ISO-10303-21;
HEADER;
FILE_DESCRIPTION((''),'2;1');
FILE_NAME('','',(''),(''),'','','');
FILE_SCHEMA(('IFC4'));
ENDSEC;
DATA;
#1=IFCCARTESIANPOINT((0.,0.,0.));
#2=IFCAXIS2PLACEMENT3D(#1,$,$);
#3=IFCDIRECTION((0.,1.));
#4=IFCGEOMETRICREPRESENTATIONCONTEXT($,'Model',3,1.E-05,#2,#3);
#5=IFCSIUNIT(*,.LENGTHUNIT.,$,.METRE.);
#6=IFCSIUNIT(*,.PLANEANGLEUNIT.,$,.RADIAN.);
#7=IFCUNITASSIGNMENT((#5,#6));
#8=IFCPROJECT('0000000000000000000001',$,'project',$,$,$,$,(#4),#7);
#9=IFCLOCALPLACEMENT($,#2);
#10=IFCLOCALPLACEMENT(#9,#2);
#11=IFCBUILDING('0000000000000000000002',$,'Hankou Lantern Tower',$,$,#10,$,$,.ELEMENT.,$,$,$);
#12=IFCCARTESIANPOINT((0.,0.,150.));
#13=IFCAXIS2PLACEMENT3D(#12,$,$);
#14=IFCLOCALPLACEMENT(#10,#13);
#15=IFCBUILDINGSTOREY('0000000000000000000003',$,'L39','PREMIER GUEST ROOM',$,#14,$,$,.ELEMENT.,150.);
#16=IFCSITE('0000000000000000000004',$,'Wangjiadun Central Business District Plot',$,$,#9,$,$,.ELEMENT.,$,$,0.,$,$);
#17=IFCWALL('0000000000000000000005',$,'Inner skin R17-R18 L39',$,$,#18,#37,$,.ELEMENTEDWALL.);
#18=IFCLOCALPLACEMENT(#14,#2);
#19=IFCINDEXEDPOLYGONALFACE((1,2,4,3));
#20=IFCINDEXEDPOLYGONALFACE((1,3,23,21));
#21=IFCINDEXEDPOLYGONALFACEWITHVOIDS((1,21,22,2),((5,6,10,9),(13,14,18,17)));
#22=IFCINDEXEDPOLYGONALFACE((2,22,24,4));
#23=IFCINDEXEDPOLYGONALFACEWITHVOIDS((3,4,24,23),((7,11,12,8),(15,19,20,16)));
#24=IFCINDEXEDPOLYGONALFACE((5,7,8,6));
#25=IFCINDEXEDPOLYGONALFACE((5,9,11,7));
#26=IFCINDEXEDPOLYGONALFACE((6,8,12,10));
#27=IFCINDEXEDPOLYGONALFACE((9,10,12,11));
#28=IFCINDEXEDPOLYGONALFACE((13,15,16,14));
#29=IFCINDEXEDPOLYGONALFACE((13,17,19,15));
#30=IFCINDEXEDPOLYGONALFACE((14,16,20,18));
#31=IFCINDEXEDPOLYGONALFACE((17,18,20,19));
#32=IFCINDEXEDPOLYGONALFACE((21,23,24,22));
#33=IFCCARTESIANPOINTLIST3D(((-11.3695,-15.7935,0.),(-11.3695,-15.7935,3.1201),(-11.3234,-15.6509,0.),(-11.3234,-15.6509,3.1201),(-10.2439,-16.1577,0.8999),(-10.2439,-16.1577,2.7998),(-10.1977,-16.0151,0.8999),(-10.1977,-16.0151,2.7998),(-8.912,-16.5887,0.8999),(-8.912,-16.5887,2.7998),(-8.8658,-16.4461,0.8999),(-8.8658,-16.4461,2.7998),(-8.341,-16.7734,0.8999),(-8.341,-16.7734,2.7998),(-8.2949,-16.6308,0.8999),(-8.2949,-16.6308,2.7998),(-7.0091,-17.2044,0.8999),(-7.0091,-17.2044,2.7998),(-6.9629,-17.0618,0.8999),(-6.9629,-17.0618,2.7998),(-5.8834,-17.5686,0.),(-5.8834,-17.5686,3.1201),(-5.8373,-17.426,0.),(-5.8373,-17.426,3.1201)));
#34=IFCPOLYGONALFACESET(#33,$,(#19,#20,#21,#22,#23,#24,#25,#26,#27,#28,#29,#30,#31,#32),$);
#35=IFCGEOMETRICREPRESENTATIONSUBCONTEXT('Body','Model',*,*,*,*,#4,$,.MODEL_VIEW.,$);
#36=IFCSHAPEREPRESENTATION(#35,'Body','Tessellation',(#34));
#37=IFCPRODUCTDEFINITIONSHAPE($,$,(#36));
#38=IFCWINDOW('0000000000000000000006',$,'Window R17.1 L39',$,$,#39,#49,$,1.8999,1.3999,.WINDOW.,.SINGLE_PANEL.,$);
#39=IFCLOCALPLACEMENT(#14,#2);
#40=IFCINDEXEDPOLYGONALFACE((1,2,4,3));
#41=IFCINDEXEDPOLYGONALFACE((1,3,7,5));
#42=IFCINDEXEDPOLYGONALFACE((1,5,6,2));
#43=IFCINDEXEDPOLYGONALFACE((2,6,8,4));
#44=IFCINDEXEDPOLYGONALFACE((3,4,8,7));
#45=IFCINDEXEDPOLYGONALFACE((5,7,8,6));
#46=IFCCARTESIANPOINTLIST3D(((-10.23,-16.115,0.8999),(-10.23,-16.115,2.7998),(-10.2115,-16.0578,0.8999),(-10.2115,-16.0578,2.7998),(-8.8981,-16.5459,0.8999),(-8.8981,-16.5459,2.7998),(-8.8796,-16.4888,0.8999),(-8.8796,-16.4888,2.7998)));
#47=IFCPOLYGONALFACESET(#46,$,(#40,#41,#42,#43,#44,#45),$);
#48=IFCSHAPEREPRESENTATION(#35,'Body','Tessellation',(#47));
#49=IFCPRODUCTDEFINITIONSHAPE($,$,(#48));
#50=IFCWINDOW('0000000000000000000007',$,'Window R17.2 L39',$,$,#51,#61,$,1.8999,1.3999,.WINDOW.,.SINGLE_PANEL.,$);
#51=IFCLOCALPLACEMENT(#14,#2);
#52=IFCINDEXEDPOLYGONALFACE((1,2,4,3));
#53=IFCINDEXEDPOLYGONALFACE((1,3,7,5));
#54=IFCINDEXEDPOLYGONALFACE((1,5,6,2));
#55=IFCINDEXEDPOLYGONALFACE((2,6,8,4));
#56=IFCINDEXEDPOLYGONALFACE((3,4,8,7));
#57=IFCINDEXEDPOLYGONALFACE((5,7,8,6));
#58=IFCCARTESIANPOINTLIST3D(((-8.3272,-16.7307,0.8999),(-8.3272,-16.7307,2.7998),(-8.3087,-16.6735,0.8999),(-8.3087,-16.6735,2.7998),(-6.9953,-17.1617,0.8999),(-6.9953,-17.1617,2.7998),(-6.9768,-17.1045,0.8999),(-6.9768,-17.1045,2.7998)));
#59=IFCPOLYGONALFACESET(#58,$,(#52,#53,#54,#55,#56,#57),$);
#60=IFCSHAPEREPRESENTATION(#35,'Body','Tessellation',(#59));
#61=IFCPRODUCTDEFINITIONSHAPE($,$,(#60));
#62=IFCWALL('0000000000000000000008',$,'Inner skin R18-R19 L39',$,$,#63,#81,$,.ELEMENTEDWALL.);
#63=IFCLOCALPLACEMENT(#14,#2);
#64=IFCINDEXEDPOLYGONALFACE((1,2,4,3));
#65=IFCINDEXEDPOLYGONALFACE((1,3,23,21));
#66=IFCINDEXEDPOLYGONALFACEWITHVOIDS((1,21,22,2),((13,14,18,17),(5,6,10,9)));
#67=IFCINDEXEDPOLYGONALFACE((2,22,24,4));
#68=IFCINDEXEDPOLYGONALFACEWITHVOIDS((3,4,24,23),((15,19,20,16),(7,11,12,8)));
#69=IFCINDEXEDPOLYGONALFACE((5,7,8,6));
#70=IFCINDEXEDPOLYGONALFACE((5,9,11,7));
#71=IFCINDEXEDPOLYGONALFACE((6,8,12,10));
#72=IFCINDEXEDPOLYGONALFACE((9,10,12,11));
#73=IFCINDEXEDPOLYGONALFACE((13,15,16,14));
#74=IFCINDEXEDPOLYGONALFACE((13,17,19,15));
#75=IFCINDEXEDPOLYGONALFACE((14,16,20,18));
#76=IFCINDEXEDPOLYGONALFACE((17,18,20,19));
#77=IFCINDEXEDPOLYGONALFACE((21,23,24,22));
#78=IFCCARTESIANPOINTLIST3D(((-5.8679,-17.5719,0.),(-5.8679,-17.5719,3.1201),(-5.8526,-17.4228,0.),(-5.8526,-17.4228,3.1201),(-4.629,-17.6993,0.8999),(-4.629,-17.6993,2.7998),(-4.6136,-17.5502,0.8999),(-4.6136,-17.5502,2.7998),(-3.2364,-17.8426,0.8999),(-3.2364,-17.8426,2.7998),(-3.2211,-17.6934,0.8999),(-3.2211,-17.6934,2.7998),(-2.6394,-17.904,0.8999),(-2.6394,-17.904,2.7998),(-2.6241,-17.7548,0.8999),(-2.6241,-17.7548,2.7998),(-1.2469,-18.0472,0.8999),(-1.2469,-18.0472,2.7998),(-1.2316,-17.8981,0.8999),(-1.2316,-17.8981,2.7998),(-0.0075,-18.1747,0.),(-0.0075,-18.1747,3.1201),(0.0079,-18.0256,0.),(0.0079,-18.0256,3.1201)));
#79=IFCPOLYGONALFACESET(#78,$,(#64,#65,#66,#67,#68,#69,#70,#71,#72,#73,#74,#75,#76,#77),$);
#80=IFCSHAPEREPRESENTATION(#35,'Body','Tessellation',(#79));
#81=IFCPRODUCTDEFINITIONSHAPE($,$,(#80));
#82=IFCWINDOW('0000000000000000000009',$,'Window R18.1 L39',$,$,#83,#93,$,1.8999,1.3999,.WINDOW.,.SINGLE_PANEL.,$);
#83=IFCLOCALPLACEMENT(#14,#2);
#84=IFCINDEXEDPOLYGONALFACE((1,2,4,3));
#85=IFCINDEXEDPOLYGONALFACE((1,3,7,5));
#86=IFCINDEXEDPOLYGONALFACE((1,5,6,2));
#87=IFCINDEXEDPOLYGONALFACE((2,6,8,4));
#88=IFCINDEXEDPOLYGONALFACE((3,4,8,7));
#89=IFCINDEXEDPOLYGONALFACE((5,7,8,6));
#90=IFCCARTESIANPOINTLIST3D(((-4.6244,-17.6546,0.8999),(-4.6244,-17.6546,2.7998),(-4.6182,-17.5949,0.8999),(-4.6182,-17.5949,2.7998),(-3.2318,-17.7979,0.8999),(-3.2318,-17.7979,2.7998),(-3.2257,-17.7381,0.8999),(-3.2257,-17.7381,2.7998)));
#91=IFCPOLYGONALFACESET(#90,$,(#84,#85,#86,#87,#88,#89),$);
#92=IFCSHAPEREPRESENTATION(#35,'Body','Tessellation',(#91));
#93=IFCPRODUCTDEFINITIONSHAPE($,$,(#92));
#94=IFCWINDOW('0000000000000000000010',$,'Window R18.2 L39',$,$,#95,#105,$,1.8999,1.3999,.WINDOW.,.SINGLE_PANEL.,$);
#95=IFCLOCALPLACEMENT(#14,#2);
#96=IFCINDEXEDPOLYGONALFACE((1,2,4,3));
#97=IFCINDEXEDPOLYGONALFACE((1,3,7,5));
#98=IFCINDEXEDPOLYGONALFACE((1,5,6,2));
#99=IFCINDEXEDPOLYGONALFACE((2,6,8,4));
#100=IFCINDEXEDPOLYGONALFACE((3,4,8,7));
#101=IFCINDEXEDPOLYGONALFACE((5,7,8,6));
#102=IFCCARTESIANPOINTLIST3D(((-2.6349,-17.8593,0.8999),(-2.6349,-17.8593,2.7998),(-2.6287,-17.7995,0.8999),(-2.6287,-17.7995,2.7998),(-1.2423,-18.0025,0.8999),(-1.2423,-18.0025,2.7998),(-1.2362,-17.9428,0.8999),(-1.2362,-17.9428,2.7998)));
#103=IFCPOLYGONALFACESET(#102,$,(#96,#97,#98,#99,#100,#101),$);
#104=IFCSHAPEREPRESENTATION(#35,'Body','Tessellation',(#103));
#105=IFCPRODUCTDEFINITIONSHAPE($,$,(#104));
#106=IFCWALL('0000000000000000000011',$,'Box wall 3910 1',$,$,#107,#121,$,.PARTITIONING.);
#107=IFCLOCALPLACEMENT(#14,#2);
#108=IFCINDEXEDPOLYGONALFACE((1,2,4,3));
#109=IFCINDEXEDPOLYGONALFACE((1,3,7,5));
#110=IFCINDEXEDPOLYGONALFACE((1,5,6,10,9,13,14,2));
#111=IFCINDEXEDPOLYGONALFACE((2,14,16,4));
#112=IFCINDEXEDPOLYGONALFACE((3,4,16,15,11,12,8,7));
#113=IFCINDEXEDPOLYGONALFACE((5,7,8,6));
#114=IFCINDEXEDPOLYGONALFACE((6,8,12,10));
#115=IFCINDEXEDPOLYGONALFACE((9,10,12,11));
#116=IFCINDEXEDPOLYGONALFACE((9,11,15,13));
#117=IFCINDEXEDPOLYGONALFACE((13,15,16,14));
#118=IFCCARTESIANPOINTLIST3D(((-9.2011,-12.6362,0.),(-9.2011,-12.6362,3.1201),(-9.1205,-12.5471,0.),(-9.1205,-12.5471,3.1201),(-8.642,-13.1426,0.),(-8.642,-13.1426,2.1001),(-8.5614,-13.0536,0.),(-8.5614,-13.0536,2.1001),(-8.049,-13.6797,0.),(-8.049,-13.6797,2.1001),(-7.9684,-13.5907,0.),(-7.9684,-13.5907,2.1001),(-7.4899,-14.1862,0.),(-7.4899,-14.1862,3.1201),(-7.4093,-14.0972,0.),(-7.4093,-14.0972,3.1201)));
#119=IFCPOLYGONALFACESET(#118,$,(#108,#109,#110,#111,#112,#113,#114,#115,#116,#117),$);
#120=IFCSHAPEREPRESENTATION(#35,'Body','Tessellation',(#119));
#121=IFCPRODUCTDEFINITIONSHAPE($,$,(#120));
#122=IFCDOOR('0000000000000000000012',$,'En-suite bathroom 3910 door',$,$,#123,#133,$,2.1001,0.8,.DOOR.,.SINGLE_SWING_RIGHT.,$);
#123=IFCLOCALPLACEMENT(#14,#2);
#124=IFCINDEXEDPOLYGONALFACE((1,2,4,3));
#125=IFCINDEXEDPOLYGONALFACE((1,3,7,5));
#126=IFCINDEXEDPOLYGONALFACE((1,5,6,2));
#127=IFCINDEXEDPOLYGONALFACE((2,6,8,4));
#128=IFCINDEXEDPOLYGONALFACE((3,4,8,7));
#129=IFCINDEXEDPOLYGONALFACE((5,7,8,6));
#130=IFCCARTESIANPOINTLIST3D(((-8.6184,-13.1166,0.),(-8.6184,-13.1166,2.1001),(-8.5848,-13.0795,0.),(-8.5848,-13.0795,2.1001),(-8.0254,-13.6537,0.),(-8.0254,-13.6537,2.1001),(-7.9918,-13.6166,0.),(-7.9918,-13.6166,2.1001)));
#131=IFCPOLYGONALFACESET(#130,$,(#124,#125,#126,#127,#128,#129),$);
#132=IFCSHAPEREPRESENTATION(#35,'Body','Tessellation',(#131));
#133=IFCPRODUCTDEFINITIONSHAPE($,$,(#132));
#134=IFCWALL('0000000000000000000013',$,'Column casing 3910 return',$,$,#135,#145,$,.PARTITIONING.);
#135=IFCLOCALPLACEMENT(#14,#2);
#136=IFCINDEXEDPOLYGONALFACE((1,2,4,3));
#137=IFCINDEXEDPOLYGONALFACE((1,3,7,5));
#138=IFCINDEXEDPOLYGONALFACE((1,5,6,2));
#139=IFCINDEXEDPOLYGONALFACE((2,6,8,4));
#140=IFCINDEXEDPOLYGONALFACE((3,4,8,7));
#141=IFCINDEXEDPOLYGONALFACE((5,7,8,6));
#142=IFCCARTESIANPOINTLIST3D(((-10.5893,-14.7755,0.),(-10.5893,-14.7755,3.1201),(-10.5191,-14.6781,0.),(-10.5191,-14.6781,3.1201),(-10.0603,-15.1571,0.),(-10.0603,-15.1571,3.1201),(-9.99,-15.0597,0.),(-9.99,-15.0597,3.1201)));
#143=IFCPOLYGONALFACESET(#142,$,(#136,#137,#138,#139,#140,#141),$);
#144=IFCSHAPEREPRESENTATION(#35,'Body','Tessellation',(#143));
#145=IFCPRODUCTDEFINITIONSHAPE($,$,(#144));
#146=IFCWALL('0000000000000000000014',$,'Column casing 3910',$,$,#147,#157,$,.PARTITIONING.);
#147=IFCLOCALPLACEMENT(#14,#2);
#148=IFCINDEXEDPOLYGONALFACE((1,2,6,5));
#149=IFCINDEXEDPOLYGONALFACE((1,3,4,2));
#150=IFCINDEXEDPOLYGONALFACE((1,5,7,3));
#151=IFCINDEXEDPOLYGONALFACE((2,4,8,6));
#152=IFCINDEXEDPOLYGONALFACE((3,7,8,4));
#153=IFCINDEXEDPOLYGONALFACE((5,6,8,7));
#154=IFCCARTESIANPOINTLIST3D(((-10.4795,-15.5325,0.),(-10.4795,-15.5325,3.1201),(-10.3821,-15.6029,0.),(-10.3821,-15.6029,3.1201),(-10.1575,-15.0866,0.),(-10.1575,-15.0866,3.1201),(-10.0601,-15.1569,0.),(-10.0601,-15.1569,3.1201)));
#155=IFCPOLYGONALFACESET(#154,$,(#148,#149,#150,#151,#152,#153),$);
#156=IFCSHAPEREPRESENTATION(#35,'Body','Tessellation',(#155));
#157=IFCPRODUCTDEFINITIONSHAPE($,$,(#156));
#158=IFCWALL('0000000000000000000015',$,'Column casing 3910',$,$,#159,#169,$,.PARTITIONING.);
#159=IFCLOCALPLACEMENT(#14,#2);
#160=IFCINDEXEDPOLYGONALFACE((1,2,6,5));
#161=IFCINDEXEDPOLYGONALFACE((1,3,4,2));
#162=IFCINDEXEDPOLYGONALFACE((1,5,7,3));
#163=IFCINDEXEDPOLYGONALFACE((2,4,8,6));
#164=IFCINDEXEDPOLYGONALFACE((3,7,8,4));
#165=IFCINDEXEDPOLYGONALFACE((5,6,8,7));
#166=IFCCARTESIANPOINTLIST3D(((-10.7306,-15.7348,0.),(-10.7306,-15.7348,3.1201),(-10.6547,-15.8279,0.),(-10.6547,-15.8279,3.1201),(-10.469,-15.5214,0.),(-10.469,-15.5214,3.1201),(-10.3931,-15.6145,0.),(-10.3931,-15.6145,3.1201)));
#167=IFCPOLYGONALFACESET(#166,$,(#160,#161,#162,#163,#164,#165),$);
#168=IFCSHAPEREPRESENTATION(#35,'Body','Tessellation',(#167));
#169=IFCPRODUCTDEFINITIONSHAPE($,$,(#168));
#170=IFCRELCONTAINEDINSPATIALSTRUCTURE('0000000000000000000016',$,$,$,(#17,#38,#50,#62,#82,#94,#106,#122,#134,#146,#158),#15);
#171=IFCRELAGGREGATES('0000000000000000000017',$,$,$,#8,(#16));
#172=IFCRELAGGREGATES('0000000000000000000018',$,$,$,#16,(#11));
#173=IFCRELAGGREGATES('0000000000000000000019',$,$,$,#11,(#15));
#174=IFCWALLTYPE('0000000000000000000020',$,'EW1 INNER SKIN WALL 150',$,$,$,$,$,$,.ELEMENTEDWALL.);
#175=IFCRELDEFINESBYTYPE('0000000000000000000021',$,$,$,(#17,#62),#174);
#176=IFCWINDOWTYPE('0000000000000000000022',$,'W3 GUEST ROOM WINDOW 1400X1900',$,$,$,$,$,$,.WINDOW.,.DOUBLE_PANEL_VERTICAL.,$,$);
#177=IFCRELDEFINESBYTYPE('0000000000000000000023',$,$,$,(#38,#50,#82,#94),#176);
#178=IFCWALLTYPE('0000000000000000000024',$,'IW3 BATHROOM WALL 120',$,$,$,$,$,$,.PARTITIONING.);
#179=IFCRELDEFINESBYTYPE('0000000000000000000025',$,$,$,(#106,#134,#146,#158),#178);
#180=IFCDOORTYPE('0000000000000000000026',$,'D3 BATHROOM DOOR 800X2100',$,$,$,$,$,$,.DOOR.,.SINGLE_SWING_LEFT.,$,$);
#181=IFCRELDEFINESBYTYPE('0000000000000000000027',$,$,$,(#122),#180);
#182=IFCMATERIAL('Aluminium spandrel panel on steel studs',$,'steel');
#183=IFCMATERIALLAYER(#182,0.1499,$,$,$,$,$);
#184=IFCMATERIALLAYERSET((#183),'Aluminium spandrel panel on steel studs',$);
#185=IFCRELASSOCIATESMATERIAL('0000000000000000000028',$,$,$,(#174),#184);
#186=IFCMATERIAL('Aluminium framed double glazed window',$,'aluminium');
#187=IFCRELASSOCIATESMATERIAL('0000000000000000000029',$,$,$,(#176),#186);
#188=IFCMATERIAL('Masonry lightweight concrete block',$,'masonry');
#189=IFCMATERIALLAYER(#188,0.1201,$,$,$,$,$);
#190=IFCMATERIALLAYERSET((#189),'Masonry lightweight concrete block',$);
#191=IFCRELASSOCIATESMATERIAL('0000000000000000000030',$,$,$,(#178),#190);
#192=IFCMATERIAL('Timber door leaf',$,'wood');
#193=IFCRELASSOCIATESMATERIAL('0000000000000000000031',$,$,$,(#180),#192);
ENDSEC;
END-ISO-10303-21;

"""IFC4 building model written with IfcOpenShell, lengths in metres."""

from ifc_helpers import new_model, si_unit, direction, frame, frame_2d, origin, place, context, subcontext, project, spatial, rectangle, extrude, material, layer, layer_set, type_object, element, fill, save


model = new_model("IFC4")

# Units and contexts
model_context = context("Model", 3, precision=1e-05, world=origin(), true_north=direction((0.0, 1.0)))
body_context = subcontext(model_context, "Body", "Model", "MODEL_VIEW")
ifc_project = project(units=[si_unit("LENGTHUNIT", "METRE"), si_unit("PLANEANGLEUNIT", "RADIAN")], contexts=[model_context])

# Site, building, storey
site_placement = place(None, origin())
site = spatial("IfcSite", under=ifc_project, at=site_placement, Name="Wangjiadun Central Business District Plot", CompositionType="ELEMENT", RefElevation=0.0)
building_placement = place(site_placement, origin())
building = spatial("IfcBuilding", under=site, at=building_placement, Name="Hankou Lantern Tower", CompositionType="ELEMENT")
storey_placement = place(building_placement, frame((0.0, 0.0, 150.0)))
storey = spatial("IfcBuildingStorey", under=building, at=storey_placement, Name="L39", Description="PREMIER GUEST ROOM", CompositionType="ELEMENT", Elevation=150.0)

# Walls, openings, windows
ifc_material_1 = material(Name="Aluminium spandrel panel on steel studs", Category="steel")
ifc_layer_1 = layer(ifc_material_1, 0.1499)
ifc_layer_set_1 = layer_set([ifc_layer_1], Name="Aluminium spandrel panel on steel studs")
wall_type_1 = type_object("IfcWallType", Name="EW1 INNER SKIN WALL 150", PredefinedType="ELEMENTEDWALL", material=ifc_layer_set_1)
wall_1_placement = place(storey_placement, frame((-11.3464, -15.7222, 0.0), z_axis=(0.0, 0.0, 1.0), x_axis=(0.951432, -0.307857, 0.0)))
wall_1 = element("IfcWall", 1, at=wall_1_placement, inside=storey, type_object=wall_type_1, Name="Inner skin R17-R18 L39", PredefinedType="ELEMENTEDWALL", context=body_context, shape_type="SweptSolid", body=[
    extrude(rectangle(XDim=5.7661, YDim=0.1499, at=frame_2d((2.8831, 0.0))), origin(), (0.0, 0.0, 1.0), 3.1201),
])
opening_1_placement = place(wall_1_placement, frame((1.1831, 0.0, 0.8999)))
opening_1 = element("IfcOpeningElement", 2, at=opening_1_placement, cuts=wall_1, PredefinedType="OPENING", context=body_context, shape_type="SweptSolid", body=[
    extrude(rectangle(XDim=1.3999, YDim=1.8999, at=frame_2d((0.7, 0.95))), frame((0.0, 0.085, 0.0), z_axis=(0.0, -1.0, 0.0), x_axis=(1.0, 0.0, 0.0)), (0.0, 0.0, 1.0), 0.1699),
])
opening_2_placement = place(wall_1_placement, frame((3.1831, 0.0, 0.8999)))
opening_2 = element("IfcOpeningElement", 3, at=opening_2_placement, cuts=wall_1, PredefinedType="OPENING", context=body_context, shape_type="SweptSolid", body=[
    extrude(rectangle(XDim=1.3999, YDim=1.8999, at=frame_2d((0.7, 0.95))), frame((0.0, 0.085, 0.0), z_axis=(0.0, -1.0, 0.0), x_axis=(1.0, 0.0, 0.0)), (0.0, 0.0, 1.0), 0.1699),
])
ifc_material_2 = material(Name="Aluminium framed double glazed window", Category="aluminium")
window_type = type_object("IfcWindowType", Name="W3 GUEST ROOM WINDOW 1400X1900", PartitioningType="DOUBLE_PANEL_VERTICAL", PredefinedType="WINDOW", material=ifc_material_2)
window_1_placement = place(opening_1_placement, origin())
window_1 = element("IfcWindow", 4, at=window_1_placement, inside=storey, type_object=window_type, Name="Window R17.1 L39", OverallHeight=1.8999, OverallWidth=1.3999, PartitioningType="SINGLE_PANEL", PredefinedType="WINDOW", context=body_context, shape_type="SweptSolid", body=[
    extrude(rectangle(XDim=1.3999, YDim=1.8999, at=frame_2d((0.7, 0.95))), frame((0.0, 0.03, 0.0), z_axis=(0.0, -1.0, 0.0), x_axis=(1.0, 0.0, 0.0)), (0.0, 0.0, 1.0), 0.0601),
])
fill(opening_1, window_1)
window_2_placement = place(opening_2_placement, origin())
window_2 = element("IfcWindow", 5, at=window_2_placement, inside=storey, type_object=window_type, Name="Window R17.2 L39", OverallHeight=1.8999, OverallWidth=1.3999, PartitioningType="SINGLE_PANEL", PredefinedType="WINDOW", context=body_context, shape_type="SweptSolid", body=[
    extrude(rectangle(XDim=1.3999, YDim=1.8999, at=frame_2d((0.7, 0.95))), frame((0.0, 0.03, 0.0), z_axis=(0.0, -1.0, 0.0), x_axis=(1.0, 0.0, 0.0)), (0.0, 0.0, 1.0), 0.0601),
])
fill(opening_2, window_2)
wall_2_placement = place(storey_placement, frame((-5.8604, -17.4973, 0.0), z_axis=(0.0, 0.0, 1.0), x_axis=(0.994752, -0.102318, 0.0)))
wall_2 = element("IfcWall", 6, at=wall_2_placement, inside=storey, type_object=wall_type_1, Name="Inner skin R18-R19 L39", PredefinedType="ELEMENTEDWALL", context=body_context, shape_type="SweptSolid", body=[
    extrude(rectangle(XDim=5.8914, YDim=0.1499, at=frame_2d((2.9458, 0.0))), origin(), (0.0, 0.0, 1.0), 3.1201),
])
opening_3_placement = place(wall_2_placement, frame((1.2456, 0.0, 0.8999)))
opening_3 = element("IfcOpeningElement", 7, at=opening_3_placement, cuts=wall_2, PredefinedType="OPENING", context=body_context, shape_type="SweptSolid", body=[
    extrude(rectangle(XDim=1.3999, YDim=1.8999, at=frame_2d((0.7, 0.95))), frame((0.0, 0.085, 0.0), z_axis=(0.0, -1.0, 0.0), x_axis=(1.0, 0.0, 0.0)), (0.0, 0.0, 1.0), 0.1699),
])
opening_4_placement = place(wall_2_placement, frame((3.2456, 0.0, 0.8999)))
opening_4 = element("IfcOpeningElement", 8, at=opening_4_placement, cuts=wall_2, PredefinedType="OPENING", context=body_context, shape_type="SweptSolid", body=[
    extrude(rectangle(XDim=1.3999, YDim=1.8999, at=frame_2d((0.7, 0.95))), frame((0.0, 0.085, 0.0), z_axis=(0.0, -1.0, 0.0), x_axis=(1.0, 0.0, 0.0)), (0.0, 0.0, 1.0), 0.1699),
])
window_3_placement = place(opening_3_placement, origin())
window_3 = element("IfcWindow", 9, at=window_3_placement, inside=storey, type_object=window_type, Name="Window R18.1 L39", OverallHeight=1.8999, OverallWidth=1.3999, PartitioningType="SINGLE_PANEL", PredefinedType="WINDOW", context=body_context, shape_type="SweptSolid", body=[
    extrude(rectangle(XDim=1.3999, YDim=1.8999, at=frame_2d((0.7, 0.95))), frame((0.0, 0.03, 0.0), z_axis=(0.0, -1.0, 0.0), x_axis=(1.0, 0.0, 0.0)), (0.0, 0.0, 1.0), 0.0601),
])
fill(opening_3, window_3)
window_4_placement = place(opening_4_placement, origin())
window_4 = element("IfcWindow", 10, at=window_4_placement, inside=storey, type_object=window_type, Name="Window R18.2 L39", OverallHeight=1.8999, OverallWidth=1.3999, PartitioningType="SINGLE_PANEL", PredefinedType="WINDOW", context=body_context, shape_type="SweptSolid", body=[
    extrude(rectangle(XDim=1.3999, YDim=1.8999, at=frame_2d((0.7, 0.95))), frame((0.0, 0.03, 0.0), z_axis=(0.0, -1.0, 0.0), x_axis=(1.0, 0.0, 0.0)), (0.0, 0.0, 1.0), 0.0601),
])
fill(opening_4, window_4)

# Wall, opening, door
ifc_material_3 = material(Name="Masonry lightweight concrete block", Category="masonry")
ifc_layer_2 = layer(ifc_material_3, 0.1201)
ifc_layer_set_2 = layer_set([ifc_layer_2], Name="Masonry lightweight concrete block")
wall_type_2 = type_object("IfcWallType", Name="IW3 BATHROOM WALL 120", PredefinedType="PARTITIONING", material=ifc_layer_set_2)
wall_3_placement = place(storey_placement, frame((-7.4497, -14.1416, 0.0), z_axis=(0.0, 0.0, 1.0), x_axis=(-0.74114, 0.671351, 0.0)))
wall_3 = element("IfcWall", 11, at=wall_3_placement, inside=storey, type_object=wall_type_2, Name="Box wall 3910 1", PredefinedType="PARTITIONING", context=body_context, shape_type="SweptSolid", body=[
    extrude(rectangle(XDim=2.3088, YDim=0.1201, at=frame_2d((1.1543, 0.0))), origin(), (0.0, 0.0, 1.0), 3.1201),
])
opening_5_placement = place(wall_3_placement, frame((0.7544, 0.0, 0.0)))
opening_5 = element("IfcOpeningElement", 12, at=opening_5_placement, cuts=wall_3, PredefinedType="OPENING", context=body_context, shape_type="SweptSolid", body=[
    extrude(rectangle(XDim=0.8, YDim=2.1001, at=frame_2d((0.3999, 1.05))), frame((0.0, 0.0701, 0.0), z_axis=(0.0, -1.0, 0.0), x_axis=(1.0, 0.0, 0.0)), (0.0, 0.0, 1.0), 0.1401),
])
ifc_material_4 = material(Name="Timber door leaf", Category="wood")
door_type = type_object("IfcDoorType", Name="D3 BATHROOM DOOR 800X2100", OperationType="SINGLE_SWING_LEFT", PredefinedType="DOOR", material=ifc_material_4)
door_1_placement = place(opening_5_placement, origin())
door_1 = element("IfcDoor", 13, at=door_1_placement, inside=storey, type_object=door_type, Name="En-suite bathroom 3910 door", OperationType="SINGLE_SWING_RIGHT", OverallHeight=2.1001, OverallWidth=0.8, PredefinedType="DOOR", context=body_context, shape_type="SweptSolid", body=[
    extrude(rectangle(XDim=0.8, YDim=2.1001, at=frame_2d((0.3999, 1.05))), frame((0.0, 0.0249, 0.0), z_axis=(0.0, -1.0, 0.0), x_axis=(1.0, 0.0, 0.0)), (0.0, 0.0, 1.0), 0.05),
])
fill(opening_5, door_1)

# Walls
wall_4_placement = place(storey_placement, frame((-10.5542, -14.7268, 0.0), z_axis=(0.0, 0.0, 1.0), x_axis=(0.811044, -0.584985, 0.0)))
element("IfcWall", 14, at=wall_4_placement, inside=storey, type_object=wall_type_2, Name="Column casing 3910 return", PredefinedType="PARTITIONING", context=body_context, shape_type="SweptSolid", body=[
    extrude(rectangle(XDim=0.6523, YDim=0.1201, at=frame_2d((0.3262, 0.0))), origin(), (0.0, 0.0, 1.0), 3.1201),
])
wall_5_placement = place(storey_placement, frame((-10.1089, -15.1218, 0.0), z_axis=(0.0, 0.0, 1.0), x_axis=(-0.585345, -0.810785, 0.0)))
element("IfcWall", 15, at=wall_5_placement, inside=storey, type_object=wall_type_2, Name="Column casing 3910", PredefinedType="PARTITIONING", context=body_context, shape_type="SweptSolid", body=[
    extrude(rectangle(XDim=0.55, YDim=0.1201, at=frame_2d((0.2749, 0.0))), origin(), (0.0, 0.0, 1.0), 3.1201),
])
wall_6_placement = place(storey_placement, frame((-10.4309, -15.5679, 0.0), z_axis=(0.0, 0.0, 1.0), x_axis=(-0.775051, -0.631898, 0.0)))
element("IfcWall", 16, at=wall_6_placement, inside=storey, type_object=wall_type_2, Name="Column casing 3910", PredefinedType="PARTITIONING", context=body_context, shape_type="SweptSolid", body=[
    extrude(rectangle(XDim=0.3376, YDim=0.1201, at=frame_2d((0.1689, 0.0))), origin(), (0.0, 0.0, 1.0), 3.1201),
])

save(model, "model.ifc")
